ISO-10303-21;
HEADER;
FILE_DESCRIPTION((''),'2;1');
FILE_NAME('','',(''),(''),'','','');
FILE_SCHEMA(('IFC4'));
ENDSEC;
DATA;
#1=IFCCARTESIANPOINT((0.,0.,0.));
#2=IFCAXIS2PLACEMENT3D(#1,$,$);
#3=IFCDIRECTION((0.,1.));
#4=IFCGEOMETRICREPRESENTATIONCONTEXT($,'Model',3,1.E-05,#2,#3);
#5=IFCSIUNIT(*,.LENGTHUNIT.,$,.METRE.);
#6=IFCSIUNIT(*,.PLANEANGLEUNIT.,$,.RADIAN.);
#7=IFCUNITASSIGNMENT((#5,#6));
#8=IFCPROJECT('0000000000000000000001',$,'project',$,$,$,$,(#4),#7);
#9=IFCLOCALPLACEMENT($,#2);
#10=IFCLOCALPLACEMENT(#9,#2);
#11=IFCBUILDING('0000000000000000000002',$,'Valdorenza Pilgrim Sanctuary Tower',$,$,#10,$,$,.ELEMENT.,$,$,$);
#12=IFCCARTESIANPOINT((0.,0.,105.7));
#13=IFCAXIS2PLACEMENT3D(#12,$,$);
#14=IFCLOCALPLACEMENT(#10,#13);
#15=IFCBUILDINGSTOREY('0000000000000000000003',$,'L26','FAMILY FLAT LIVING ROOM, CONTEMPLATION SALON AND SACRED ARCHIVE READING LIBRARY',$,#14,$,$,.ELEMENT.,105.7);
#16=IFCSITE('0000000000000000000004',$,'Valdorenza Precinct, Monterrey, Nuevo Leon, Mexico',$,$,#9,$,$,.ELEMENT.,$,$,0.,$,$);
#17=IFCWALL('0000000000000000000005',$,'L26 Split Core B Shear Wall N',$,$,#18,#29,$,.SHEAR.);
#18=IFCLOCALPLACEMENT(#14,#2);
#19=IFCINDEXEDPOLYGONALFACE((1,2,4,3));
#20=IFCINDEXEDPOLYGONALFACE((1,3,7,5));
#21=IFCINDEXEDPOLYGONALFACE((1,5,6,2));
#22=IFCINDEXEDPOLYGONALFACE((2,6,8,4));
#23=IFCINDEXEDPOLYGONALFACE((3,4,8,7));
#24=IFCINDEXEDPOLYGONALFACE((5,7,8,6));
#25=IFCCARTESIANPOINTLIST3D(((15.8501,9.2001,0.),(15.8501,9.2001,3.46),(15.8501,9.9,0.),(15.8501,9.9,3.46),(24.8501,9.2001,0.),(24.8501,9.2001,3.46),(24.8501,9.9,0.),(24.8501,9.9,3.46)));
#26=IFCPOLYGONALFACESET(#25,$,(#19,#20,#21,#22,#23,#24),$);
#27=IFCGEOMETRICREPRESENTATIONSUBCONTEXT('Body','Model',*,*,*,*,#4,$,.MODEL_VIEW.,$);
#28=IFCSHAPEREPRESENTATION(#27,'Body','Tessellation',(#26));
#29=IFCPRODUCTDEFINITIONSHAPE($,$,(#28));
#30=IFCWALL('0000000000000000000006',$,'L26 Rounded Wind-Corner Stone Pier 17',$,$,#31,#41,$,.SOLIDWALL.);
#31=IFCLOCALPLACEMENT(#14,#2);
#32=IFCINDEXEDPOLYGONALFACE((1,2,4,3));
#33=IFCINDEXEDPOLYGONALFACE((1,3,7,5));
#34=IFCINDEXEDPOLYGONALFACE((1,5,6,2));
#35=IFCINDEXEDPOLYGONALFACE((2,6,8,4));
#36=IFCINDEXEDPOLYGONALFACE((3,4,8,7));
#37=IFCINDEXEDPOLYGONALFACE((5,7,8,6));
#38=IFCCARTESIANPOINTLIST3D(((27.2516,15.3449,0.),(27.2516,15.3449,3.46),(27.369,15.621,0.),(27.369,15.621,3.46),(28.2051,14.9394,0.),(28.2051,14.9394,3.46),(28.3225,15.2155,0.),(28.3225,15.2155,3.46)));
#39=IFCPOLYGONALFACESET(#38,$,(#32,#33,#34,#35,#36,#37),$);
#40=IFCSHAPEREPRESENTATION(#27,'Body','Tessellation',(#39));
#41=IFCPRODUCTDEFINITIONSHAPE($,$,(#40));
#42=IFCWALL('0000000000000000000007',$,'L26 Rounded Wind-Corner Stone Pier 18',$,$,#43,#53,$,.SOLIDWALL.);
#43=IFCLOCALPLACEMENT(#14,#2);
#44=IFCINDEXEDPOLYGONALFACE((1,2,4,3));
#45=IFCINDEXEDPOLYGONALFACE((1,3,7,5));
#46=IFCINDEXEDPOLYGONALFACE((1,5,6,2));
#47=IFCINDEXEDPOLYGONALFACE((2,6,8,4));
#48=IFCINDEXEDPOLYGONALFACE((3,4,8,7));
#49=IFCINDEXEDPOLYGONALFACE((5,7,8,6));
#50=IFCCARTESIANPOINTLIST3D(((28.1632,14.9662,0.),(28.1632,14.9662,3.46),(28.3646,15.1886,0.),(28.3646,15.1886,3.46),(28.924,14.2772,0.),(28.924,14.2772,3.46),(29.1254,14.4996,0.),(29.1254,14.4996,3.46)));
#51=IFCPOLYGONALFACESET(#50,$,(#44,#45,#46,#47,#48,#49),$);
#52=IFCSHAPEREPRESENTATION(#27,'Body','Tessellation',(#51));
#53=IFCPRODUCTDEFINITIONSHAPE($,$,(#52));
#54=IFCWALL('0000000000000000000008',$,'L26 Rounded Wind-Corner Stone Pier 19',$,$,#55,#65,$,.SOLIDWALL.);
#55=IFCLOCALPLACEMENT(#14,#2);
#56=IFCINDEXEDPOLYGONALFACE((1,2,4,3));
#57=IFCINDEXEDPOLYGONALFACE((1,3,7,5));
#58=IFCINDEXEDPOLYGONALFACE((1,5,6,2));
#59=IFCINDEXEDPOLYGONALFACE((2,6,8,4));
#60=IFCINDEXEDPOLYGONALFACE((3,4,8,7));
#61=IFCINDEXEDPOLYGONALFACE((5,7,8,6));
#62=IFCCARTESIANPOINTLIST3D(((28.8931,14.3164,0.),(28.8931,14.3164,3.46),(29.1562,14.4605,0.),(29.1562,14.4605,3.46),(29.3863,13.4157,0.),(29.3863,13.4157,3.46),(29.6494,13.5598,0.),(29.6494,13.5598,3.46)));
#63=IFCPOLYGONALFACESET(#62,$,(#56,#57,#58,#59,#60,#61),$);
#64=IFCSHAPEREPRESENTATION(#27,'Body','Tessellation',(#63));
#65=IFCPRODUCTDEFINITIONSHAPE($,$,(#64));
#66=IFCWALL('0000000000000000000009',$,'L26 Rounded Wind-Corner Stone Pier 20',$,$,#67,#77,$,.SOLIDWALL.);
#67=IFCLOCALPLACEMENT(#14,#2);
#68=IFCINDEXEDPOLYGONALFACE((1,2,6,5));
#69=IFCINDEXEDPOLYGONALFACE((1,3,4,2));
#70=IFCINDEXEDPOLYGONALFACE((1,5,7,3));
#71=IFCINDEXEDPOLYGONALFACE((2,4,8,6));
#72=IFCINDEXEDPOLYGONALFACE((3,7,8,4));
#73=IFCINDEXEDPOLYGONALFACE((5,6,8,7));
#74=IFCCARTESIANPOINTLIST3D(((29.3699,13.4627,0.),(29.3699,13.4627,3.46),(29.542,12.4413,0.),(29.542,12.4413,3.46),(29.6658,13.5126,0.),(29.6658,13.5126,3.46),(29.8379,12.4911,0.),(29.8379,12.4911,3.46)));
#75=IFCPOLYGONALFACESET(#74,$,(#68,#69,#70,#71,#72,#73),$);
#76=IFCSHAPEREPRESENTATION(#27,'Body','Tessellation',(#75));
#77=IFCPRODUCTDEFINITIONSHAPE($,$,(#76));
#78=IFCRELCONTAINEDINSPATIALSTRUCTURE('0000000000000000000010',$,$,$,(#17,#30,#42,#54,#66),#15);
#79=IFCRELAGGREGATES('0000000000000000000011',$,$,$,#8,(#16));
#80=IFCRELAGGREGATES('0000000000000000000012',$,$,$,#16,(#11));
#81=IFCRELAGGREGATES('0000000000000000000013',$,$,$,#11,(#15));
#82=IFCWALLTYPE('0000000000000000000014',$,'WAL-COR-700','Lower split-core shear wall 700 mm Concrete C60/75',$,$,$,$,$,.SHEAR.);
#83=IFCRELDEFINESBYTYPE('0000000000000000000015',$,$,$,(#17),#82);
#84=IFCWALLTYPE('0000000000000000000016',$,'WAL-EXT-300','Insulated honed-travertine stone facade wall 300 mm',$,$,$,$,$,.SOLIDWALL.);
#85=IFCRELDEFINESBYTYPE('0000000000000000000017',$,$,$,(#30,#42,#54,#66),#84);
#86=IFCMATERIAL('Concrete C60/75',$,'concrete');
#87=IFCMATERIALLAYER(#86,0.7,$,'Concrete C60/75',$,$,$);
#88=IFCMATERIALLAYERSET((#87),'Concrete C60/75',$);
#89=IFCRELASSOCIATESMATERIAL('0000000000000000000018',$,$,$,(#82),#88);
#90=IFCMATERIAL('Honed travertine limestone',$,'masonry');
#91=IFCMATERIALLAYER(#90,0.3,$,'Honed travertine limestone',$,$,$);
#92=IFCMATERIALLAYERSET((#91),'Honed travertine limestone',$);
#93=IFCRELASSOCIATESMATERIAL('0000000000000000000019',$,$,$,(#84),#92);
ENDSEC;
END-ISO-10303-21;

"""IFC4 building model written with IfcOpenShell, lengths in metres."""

from ifc_helpers import new_model, si_unit, direction, frame, frame_2d, origin, place, context, subcontext, project, spatial, rectangle, extrude, material, layer, layer_set, type_object, element, save


model = new_model("IFC4")

# Units and contexts
model_context = context("Model", 3, precision=1e-05, world=origin(), true_north=direction((0.0, 1.0)))
body_context = subcontext(model_context, "Body", "Model", "MODEL_VIEW")
ifc_project = project(units=[si_unit("LENGTHUNIT", "METRE"), si_unit("PLANEANGLEUNIT", "RADIAN")], contexts=[model_context])

# Site, building, storey
site_placement = place(None, origin())
site = spatial("IfcSite", under=ifc_project, at=site_placement, Name="Valdorenza Precinct, Monterrey, Nuevo Leon, Mexico", CompositionType="ELEMENT", RefElevation=0.0)
building_placement = place(site_placement, origin())
building = spatial("IfcBuilding", under=site, at=building_placement, Name="Valdorenza Pilgrim Sanctuary Tower", CompositionType="ELEMENT")
storey_placement = place(building_placement, frame((0.0, 0.0, 105.7)))
storey = spatial("IfcBuildingStorey", under=building, at=storey_placement, Name="L26", Description="FAMILY FLAT LIVING ROOM, CONTEMPLATION SALON AND SACRED ARCHIVE READING LIBRARY", CompositionType="ELEMENT", Elevation=105.7)

# Shared definitions
ifc_material_1 = material(Name="Concrete C60/75", Category="concrete")

# Shared definitions
ifc_material_2 = material(Name="Honed travertine limestone", Category="masonry")

# Walls
ifc_layer_1 = layer(ifc_material_1, 0.7, Name="Concrete C60/75")
ifc_layer_set_1 = layer_set([ifc_layer_1], Name="Concrete C60/75")
wall_type_1 = type_object("IfcWallType", Name="WAL-COR-700", Description="Lower split-core shear wall 700 mm Concrete C60/75", PredefinedType="SHEAR", material=ifc_layer_set_1)
wall_1_placement = place(storey_placement, frame((15.8501, 9.55, 0.0), z_axis=(0.0, 0.0, 1.0), x_axis=(1.0, 0.0, 0.0)))
element("IfcWall", 1, at=wall_1_placement, inside=storey, type_object=wall_type_1, Name="L26 Split Core B Shear Wall N", PredefinedType="SHEAR", context=body_context, shape_type="SweptSolid", body=[
    extrude(rectangle(XDim=9.0, YDim=0.7, at=frame_2d((4.5, 0.0))), origin(), (0.0, 0.0, 1.0), 3.46),
])
ifc_layer_2 = layer(ifc_material_2, 0.3, Name="Honed travertine limestone")
ifc_layer_set_2 = layer_set([ifc_layer_2], Name="Honed travertine limestone")
wall_type_2 = type_object("IfcWallType", Name="WAL-EXT-300", Description="Insulated honed-travertine stone facade wall 300 mm", PredefinedType="SOLIDWALL", material=ifc_layer_set_2)
wall_2_placement = place(storey_placement, frame((27.3103, 15.4829, 0.0), z_axis=(0.0, 0.0, 1.0), x_axis=(0.92025, -0.39133, 0.0)))
element("IfcWall", 2, at=wall_2_placement, inside=storey, type_object=wall_type_2, Name="L26 Rounded Wind-Corner Stone Pier 17", PredefinedType="SOLIDWALL", context=body_context, shape_type="SweptSolid", body=[
    extrude(rectangle(XDim=1.0361, YDim=0.3, at=frame_2d((0.5181, 0.0))), origin(), (0.0, 0.0, 1.0), 3.46),
])
wall_3_placement = place(storey_placement, frame((28.2639, 15.0774, 0.0), z_axis=(0.0, 0.0, 1.0), x_axis=(0.741209, -0.671275, 0.0)))
element("IfcWall", 3, at=wall_3_placement, inside=storey, type_object=wall_type_2, Name="L26 Rounded Wind-Corner Stone Pier 18", PredefinedType="SOLIDWALL", context=body_context, shape_type="SweptSolid", body=[
    extrude(rectangle(XDim=1.0264, YDim=0.3, at=frame_2d((0.5132, 0.0))), origin(), (0.0, 0.0, 1.0), 3.46),
])
wall_4_placement = place(storey_placement, frame((29.0247, 14.3884, 0.0), z_axis=(0.0, 0.0, 1.0), x_axis=(0.480284, -0.877113, 0.0)))
element("IfcWall", 4, at=wall_4_placement, inside=storey, type_object=wall_type_2, Name="L26 Rounded Wind-Corner Stone Pier 19", PredefinedType="SOLIDWALL", context=body_context, shape_type="SweptSolid", body=[
    extrude(rectangle(XDim=1.0269, YDim=0.3, at=frame_2d((0.5134, 0.0))), origin(), (0.0, 0.0, 1.0), 3.46),
])
wall_5_placement = place(storey_placement, frame((29.5178, 13.4878, 0.0), z_axis=(0.0, 0.0, 1.0), x_axis=(0.166157, -0.986099, 0.0)))
element("IfcWall", 5, at=wall_5_placement, inside=storey, type_object=wall_type_2, Name="L26 Rounded Wind-Corner Stone Pier 20", PredefinedType="SOLIDWALL", context=body_context, shape_type="SweptSolid", body=[
    extrude(rectangle(XDim=1.0359, YDim=0.3, at=frame_2d((0.5181, 0.0))), origin(), (0.0, 0.0, 1.0), 3.46),
])

save(model, "model.ifc")
